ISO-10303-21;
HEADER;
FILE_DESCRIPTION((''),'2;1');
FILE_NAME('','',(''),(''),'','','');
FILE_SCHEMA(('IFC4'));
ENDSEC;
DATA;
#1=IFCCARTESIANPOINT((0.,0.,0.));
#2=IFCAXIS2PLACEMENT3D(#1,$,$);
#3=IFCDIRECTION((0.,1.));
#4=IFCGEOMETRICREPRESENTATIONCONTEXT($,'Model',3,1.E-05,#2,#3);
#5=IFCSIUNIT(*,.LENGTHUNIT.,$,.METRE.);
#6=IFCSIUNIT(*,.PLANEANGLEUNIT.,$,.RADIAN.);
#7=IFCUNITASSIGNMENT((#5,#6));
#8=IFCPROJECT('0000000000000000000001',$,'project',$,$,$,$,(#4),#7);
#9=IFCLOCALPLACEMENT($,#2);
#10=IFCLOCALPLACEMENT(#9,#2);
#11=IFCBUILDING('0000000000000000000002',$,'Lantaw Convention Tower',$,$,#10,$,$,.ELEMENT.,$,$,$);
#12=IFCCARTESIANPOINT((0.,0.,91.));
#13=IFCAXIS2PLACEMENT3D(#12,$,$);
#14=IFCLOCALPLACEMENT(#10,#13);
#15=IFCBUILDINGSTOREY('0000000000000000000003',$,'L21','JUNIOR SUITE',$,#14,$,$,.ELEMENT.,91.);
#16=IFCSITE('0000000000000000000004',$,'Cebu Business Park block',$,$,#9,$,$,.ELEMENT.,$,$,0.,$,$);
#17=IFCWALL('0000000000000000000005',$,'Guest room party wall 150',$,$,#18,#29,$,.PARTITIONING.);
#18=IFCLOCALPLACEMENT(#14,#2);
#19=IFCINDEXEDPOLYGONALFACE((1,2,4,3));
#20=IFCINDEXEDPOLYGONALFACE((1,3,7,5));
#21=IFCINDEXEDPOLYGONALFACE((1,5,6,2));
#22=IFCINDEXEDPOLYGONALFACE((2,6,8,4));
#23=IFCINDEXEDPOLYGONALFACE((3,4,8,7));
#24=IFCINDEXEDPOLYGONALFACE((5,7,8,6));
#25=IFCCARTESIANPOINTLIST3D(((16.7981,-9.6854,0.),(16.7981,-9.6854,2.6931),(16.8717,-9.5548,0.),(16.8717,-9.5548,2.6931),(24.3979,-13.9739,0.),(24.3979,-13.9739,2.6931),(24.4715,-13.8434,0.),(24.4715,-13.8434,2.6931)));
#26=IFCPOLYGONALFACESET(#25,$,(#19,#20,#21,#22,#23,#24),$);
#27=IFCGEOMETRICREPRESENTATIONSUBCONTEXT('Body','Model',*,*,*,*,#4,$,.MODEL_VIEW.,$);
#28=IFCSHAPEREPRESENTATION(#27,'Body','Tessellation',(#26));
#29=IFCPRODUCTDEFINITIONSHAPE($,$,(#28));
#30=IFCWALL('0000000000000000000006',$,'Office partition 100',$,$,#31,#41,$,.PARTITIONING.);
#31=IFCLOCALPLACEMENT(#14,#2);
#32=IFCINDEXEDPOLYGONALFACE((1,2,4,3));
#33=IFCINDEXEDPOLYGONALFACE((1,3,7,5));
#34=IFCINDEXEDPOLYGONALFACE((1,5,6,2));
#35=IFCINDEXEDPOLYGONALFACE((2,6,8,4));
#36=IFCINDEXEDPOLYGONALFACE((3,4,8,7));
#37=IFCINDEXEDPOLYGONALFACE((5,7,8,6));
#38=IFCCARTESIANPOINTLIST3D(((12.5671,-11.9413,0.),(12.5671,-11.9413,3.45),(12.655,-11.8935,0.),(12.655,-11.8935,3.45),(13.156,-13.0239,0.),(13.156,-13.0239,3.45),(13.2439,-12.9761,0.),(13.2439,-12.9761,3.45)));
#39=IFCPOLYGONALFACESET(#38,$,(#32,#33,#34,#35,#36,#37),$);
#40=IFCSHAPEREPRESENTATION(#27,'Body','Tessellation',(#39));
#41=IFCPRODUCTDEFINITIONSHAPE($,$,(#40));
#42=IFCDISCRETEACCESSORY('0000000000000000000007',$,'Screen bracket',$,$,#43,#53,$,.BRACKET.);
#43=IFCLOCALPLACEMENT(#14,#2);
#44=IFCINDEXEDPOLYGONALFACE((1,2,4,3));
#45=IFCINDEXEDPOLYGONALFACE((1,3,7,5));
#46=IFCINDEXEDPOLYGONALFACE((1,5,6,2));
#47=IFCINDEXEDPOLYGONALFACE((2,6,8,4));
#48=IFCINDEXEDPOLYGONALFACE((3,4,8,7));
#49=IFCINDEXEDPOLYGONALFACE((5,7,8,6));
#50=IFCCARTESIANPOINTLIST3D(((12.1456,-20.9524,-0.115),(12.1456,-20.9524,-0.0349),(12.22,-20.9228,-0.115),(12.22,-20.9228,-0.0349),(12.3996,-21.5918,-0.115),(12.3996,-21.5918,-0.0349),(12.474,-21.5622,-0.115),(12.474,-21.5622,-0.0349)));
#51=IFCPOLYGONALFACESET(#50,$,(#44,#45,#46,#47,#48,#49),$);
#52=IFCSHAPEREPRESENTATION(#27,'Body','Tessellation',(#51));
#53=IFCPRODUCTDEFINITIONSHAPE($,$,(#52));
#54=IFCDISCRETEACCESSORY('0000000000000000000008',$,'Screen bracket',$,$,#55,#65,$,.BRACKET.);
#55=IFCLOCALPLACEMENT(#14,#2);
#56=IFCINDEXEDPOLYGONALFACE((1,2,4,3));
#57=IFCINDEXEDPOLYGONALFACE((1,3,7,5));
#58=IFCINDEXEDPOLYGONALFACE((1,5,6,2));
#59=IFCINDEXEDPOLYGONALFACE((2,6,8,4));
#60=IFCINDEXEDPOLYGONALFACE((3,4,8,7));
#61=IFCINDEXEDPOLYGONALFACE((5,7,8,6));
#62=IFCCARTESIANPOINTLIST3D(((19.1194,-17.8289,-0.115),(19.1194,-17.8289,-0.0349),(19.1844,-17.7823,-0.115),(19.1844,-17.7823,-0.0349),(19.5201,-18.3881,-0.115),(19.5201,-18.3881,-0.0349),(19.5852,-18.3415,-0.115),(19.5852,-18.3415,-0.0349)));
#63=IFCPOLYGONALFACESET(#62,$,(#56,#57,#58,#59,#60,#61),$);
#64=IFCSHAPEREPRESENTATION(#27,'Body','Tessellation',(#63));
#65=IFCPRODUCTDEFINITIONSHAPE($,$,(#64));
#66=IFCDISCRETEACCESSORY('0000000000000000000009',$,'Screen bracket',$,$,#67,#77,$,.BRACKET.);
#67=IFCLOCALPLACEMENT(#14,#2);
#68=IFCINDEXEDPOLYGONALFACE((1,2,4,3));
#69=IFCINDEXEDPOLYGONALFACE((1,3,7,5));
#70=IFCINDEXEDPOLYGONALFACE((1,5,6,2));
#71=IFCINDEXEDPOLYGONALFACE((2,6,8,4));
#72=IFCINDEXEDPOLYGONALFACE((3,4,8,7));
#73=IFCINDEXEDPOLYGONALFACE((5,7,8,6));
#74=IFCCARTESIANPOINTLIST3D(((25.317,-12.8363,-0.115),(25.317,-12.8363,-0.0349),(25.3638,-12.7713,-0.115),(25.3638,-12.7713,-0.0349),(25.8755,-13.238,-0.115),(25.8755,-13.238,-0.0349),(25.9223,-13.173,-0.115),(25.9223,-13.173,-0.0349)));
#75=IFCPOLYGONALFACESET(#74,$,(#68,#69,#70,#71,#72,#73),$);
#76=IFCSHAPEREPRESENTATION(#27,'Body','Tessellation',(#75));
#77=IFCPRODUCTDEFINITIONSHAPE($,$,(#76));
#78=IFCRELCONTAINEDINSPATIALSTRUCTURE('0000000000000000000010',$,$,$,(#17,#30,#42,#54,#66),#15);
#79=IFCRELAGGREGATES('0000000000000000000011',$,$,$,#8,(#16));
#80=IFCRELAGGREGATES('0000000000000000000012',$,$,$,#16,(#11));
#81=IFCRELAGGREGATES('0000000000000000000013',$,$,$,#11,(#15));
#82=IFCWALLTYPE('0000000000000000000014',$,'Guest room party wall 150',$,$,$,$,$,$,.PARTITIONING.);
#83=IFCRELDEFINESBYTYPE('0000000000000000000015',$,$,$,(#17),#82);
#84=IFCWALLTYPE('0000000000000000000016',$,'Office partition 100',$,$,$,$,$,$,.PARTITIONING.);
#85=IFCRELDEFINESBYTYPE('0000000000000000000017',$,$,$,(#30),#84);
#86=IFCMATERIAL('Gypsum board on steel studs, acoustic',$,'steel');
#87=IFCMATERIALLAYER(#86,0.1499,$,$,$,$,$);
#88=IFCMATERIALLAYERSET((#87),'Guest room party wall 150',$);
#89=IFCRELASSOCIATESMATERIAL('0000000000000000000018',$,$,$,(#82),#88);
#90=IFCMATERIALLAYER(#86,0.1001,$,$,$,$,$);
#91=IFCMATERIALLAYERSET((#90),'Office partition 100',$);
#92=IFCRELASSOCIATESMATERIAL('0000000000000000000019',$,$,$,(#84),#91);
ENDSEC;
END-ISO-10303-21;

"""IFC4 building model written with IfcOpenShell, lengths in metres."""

from ifc_helpers import new_model, si_unit, direction, frame, frame_2d, origin, origin_2d, place, context, subcontext, project, spatial, rectangle, extrude, material, layer, layer_set, type_object, element, save


model = new_model("IFC4")

# Units and contexts
model_context = context("Model", 3, precision=1e-05, world=origin(), true_north=direction((0.0, 1.0)))
body_context = subcontext(model_context, "Body", "Model", "MODEL_VIEW")
ifc_project = project(units=[si_unit("LENGTHUNIT", "METRE"), si_unit("PLANEANGLEUNIT", "RADIAN")], contexts=[model_context])

# Site, building, storey
site_placement = place(None, origin())
site = spatial("IfcSite", under=ifc_project, at=site_placement, Name="Cebu Business Park block", CompositionType="ELEMENT", RefElevation=0.0)
building_placement = place(site_placement, origin())
building = spatial("IfcBuilding", under=site, at=building_placement, Name="Lantaw Convention Tower", CompositionType="ELEMENT")
storey_placement = place(building_placement, frame((0.0, 0.0, 91.0)))
storey = spatial("IfcBuildingStorey", under=building, at=storey_placement, Name="L21", Description="JUNIOR SUITE", CompositionType="ELEMENT", Elevation=91.0)

# Walls
ifc_material_1 = material(Name="Gypsum board on steel studs, acoustic", Category="steel")
ifc_layer_1 = layer(ifc_material_1, 0.1499)
ifc_layer_set_1 = layer_set([ifc_layer_1], Name="Guest room party wall 150")
wall_type_1 = type_object("IfcWallType", Name="Guest room party wall 150", PredefinedType="PARTITIONING", material=ifc_layer_set_1)
wall_1_placement = place(storey_placement, frame((24.4348, -13.9087, 0.0), z_axis=(0.0, 0.0, 1.0), x_axis=(-0.870906, 0.49145, 0.0)))
element("IfcWall", 1, at=wall_1_placement, inside=storey, type_object=wall_type_1, Name="Guest room party wall 150", PredefinedType="PARTITIONING", context=body_context, shape_type="SweptSolid", body=[
    extrude(rectangle(XDim=8.7263, YDim=0.1499, at=frame_2d((4.3633, 0.0))), origin(), (0.0, 0.0, 1.0), 2.6931),
])
ifc_layer_2 = layer(ifc_material_1, 0.1001)
ifc_layer_set_2 = layer_set([ifc_layer_2], Name="Office partition 100")
wall_type_2 = type_object("IfcWallType", Name="Office partition 100", PredefinedType="PARTITIONING", material=ifc_layer_set_2)
wall_2_placement = place(storey_placement, frame((13.2, -13.0, 0.0), z_axis=(0.0, 0.0, 1.0), x_axis=(-0.477852, 0.87844, 0.0)))
element("IfcWall", 2, at=wall_2_placement, inside=storey, type_object=wall_type_2, Name="Office partition 100", PredefinedType="PARTITIONING", context=body_context, shape_type="SweptSolid", body=[
    extrude(rectangle(XDim=1.2324, YDim=0.1001, at=frame_2d((0.6162, 0.0))), origin(), (0.0, 0.0, 1.0), 3.45),
])

# Discrete accessories
for number, where, z_axis, x_axis, name in (
    (3, (12.3098, -21.2573, -0.115), (0.0, 0.0, 1.0), (0.929361, 0.369172, 0.0), "Screen bracket"),
    (4, (19.3523, -18.0852, -0.115), (0.0, 0.0, 1.0), (0.812804, 0.582538, 0.0), "Screen bracket"),
    (5, (25.6196, -13.0046, -0.115), (0.0, 0.0, 1.0), (0.583951, 0.811789, 0.0), "Screen bracket"),
):
    element("IfcDiscreteAccessory", number, at=place(storey_placement, frame(where, z_axis=z_axis, x_axis=x_axis)), inside=storey, Name=name, PredefinedType="BRACKET", context=body_context, shape_type="SweptSolid", body=[
        extrude(rectangle(XDim=0.0801, YDim=0.688, at=origin_2d()), origin(), (0.0, 0.0, 1.0), 0.0801),
    ])

save(model, "model.ifc")
